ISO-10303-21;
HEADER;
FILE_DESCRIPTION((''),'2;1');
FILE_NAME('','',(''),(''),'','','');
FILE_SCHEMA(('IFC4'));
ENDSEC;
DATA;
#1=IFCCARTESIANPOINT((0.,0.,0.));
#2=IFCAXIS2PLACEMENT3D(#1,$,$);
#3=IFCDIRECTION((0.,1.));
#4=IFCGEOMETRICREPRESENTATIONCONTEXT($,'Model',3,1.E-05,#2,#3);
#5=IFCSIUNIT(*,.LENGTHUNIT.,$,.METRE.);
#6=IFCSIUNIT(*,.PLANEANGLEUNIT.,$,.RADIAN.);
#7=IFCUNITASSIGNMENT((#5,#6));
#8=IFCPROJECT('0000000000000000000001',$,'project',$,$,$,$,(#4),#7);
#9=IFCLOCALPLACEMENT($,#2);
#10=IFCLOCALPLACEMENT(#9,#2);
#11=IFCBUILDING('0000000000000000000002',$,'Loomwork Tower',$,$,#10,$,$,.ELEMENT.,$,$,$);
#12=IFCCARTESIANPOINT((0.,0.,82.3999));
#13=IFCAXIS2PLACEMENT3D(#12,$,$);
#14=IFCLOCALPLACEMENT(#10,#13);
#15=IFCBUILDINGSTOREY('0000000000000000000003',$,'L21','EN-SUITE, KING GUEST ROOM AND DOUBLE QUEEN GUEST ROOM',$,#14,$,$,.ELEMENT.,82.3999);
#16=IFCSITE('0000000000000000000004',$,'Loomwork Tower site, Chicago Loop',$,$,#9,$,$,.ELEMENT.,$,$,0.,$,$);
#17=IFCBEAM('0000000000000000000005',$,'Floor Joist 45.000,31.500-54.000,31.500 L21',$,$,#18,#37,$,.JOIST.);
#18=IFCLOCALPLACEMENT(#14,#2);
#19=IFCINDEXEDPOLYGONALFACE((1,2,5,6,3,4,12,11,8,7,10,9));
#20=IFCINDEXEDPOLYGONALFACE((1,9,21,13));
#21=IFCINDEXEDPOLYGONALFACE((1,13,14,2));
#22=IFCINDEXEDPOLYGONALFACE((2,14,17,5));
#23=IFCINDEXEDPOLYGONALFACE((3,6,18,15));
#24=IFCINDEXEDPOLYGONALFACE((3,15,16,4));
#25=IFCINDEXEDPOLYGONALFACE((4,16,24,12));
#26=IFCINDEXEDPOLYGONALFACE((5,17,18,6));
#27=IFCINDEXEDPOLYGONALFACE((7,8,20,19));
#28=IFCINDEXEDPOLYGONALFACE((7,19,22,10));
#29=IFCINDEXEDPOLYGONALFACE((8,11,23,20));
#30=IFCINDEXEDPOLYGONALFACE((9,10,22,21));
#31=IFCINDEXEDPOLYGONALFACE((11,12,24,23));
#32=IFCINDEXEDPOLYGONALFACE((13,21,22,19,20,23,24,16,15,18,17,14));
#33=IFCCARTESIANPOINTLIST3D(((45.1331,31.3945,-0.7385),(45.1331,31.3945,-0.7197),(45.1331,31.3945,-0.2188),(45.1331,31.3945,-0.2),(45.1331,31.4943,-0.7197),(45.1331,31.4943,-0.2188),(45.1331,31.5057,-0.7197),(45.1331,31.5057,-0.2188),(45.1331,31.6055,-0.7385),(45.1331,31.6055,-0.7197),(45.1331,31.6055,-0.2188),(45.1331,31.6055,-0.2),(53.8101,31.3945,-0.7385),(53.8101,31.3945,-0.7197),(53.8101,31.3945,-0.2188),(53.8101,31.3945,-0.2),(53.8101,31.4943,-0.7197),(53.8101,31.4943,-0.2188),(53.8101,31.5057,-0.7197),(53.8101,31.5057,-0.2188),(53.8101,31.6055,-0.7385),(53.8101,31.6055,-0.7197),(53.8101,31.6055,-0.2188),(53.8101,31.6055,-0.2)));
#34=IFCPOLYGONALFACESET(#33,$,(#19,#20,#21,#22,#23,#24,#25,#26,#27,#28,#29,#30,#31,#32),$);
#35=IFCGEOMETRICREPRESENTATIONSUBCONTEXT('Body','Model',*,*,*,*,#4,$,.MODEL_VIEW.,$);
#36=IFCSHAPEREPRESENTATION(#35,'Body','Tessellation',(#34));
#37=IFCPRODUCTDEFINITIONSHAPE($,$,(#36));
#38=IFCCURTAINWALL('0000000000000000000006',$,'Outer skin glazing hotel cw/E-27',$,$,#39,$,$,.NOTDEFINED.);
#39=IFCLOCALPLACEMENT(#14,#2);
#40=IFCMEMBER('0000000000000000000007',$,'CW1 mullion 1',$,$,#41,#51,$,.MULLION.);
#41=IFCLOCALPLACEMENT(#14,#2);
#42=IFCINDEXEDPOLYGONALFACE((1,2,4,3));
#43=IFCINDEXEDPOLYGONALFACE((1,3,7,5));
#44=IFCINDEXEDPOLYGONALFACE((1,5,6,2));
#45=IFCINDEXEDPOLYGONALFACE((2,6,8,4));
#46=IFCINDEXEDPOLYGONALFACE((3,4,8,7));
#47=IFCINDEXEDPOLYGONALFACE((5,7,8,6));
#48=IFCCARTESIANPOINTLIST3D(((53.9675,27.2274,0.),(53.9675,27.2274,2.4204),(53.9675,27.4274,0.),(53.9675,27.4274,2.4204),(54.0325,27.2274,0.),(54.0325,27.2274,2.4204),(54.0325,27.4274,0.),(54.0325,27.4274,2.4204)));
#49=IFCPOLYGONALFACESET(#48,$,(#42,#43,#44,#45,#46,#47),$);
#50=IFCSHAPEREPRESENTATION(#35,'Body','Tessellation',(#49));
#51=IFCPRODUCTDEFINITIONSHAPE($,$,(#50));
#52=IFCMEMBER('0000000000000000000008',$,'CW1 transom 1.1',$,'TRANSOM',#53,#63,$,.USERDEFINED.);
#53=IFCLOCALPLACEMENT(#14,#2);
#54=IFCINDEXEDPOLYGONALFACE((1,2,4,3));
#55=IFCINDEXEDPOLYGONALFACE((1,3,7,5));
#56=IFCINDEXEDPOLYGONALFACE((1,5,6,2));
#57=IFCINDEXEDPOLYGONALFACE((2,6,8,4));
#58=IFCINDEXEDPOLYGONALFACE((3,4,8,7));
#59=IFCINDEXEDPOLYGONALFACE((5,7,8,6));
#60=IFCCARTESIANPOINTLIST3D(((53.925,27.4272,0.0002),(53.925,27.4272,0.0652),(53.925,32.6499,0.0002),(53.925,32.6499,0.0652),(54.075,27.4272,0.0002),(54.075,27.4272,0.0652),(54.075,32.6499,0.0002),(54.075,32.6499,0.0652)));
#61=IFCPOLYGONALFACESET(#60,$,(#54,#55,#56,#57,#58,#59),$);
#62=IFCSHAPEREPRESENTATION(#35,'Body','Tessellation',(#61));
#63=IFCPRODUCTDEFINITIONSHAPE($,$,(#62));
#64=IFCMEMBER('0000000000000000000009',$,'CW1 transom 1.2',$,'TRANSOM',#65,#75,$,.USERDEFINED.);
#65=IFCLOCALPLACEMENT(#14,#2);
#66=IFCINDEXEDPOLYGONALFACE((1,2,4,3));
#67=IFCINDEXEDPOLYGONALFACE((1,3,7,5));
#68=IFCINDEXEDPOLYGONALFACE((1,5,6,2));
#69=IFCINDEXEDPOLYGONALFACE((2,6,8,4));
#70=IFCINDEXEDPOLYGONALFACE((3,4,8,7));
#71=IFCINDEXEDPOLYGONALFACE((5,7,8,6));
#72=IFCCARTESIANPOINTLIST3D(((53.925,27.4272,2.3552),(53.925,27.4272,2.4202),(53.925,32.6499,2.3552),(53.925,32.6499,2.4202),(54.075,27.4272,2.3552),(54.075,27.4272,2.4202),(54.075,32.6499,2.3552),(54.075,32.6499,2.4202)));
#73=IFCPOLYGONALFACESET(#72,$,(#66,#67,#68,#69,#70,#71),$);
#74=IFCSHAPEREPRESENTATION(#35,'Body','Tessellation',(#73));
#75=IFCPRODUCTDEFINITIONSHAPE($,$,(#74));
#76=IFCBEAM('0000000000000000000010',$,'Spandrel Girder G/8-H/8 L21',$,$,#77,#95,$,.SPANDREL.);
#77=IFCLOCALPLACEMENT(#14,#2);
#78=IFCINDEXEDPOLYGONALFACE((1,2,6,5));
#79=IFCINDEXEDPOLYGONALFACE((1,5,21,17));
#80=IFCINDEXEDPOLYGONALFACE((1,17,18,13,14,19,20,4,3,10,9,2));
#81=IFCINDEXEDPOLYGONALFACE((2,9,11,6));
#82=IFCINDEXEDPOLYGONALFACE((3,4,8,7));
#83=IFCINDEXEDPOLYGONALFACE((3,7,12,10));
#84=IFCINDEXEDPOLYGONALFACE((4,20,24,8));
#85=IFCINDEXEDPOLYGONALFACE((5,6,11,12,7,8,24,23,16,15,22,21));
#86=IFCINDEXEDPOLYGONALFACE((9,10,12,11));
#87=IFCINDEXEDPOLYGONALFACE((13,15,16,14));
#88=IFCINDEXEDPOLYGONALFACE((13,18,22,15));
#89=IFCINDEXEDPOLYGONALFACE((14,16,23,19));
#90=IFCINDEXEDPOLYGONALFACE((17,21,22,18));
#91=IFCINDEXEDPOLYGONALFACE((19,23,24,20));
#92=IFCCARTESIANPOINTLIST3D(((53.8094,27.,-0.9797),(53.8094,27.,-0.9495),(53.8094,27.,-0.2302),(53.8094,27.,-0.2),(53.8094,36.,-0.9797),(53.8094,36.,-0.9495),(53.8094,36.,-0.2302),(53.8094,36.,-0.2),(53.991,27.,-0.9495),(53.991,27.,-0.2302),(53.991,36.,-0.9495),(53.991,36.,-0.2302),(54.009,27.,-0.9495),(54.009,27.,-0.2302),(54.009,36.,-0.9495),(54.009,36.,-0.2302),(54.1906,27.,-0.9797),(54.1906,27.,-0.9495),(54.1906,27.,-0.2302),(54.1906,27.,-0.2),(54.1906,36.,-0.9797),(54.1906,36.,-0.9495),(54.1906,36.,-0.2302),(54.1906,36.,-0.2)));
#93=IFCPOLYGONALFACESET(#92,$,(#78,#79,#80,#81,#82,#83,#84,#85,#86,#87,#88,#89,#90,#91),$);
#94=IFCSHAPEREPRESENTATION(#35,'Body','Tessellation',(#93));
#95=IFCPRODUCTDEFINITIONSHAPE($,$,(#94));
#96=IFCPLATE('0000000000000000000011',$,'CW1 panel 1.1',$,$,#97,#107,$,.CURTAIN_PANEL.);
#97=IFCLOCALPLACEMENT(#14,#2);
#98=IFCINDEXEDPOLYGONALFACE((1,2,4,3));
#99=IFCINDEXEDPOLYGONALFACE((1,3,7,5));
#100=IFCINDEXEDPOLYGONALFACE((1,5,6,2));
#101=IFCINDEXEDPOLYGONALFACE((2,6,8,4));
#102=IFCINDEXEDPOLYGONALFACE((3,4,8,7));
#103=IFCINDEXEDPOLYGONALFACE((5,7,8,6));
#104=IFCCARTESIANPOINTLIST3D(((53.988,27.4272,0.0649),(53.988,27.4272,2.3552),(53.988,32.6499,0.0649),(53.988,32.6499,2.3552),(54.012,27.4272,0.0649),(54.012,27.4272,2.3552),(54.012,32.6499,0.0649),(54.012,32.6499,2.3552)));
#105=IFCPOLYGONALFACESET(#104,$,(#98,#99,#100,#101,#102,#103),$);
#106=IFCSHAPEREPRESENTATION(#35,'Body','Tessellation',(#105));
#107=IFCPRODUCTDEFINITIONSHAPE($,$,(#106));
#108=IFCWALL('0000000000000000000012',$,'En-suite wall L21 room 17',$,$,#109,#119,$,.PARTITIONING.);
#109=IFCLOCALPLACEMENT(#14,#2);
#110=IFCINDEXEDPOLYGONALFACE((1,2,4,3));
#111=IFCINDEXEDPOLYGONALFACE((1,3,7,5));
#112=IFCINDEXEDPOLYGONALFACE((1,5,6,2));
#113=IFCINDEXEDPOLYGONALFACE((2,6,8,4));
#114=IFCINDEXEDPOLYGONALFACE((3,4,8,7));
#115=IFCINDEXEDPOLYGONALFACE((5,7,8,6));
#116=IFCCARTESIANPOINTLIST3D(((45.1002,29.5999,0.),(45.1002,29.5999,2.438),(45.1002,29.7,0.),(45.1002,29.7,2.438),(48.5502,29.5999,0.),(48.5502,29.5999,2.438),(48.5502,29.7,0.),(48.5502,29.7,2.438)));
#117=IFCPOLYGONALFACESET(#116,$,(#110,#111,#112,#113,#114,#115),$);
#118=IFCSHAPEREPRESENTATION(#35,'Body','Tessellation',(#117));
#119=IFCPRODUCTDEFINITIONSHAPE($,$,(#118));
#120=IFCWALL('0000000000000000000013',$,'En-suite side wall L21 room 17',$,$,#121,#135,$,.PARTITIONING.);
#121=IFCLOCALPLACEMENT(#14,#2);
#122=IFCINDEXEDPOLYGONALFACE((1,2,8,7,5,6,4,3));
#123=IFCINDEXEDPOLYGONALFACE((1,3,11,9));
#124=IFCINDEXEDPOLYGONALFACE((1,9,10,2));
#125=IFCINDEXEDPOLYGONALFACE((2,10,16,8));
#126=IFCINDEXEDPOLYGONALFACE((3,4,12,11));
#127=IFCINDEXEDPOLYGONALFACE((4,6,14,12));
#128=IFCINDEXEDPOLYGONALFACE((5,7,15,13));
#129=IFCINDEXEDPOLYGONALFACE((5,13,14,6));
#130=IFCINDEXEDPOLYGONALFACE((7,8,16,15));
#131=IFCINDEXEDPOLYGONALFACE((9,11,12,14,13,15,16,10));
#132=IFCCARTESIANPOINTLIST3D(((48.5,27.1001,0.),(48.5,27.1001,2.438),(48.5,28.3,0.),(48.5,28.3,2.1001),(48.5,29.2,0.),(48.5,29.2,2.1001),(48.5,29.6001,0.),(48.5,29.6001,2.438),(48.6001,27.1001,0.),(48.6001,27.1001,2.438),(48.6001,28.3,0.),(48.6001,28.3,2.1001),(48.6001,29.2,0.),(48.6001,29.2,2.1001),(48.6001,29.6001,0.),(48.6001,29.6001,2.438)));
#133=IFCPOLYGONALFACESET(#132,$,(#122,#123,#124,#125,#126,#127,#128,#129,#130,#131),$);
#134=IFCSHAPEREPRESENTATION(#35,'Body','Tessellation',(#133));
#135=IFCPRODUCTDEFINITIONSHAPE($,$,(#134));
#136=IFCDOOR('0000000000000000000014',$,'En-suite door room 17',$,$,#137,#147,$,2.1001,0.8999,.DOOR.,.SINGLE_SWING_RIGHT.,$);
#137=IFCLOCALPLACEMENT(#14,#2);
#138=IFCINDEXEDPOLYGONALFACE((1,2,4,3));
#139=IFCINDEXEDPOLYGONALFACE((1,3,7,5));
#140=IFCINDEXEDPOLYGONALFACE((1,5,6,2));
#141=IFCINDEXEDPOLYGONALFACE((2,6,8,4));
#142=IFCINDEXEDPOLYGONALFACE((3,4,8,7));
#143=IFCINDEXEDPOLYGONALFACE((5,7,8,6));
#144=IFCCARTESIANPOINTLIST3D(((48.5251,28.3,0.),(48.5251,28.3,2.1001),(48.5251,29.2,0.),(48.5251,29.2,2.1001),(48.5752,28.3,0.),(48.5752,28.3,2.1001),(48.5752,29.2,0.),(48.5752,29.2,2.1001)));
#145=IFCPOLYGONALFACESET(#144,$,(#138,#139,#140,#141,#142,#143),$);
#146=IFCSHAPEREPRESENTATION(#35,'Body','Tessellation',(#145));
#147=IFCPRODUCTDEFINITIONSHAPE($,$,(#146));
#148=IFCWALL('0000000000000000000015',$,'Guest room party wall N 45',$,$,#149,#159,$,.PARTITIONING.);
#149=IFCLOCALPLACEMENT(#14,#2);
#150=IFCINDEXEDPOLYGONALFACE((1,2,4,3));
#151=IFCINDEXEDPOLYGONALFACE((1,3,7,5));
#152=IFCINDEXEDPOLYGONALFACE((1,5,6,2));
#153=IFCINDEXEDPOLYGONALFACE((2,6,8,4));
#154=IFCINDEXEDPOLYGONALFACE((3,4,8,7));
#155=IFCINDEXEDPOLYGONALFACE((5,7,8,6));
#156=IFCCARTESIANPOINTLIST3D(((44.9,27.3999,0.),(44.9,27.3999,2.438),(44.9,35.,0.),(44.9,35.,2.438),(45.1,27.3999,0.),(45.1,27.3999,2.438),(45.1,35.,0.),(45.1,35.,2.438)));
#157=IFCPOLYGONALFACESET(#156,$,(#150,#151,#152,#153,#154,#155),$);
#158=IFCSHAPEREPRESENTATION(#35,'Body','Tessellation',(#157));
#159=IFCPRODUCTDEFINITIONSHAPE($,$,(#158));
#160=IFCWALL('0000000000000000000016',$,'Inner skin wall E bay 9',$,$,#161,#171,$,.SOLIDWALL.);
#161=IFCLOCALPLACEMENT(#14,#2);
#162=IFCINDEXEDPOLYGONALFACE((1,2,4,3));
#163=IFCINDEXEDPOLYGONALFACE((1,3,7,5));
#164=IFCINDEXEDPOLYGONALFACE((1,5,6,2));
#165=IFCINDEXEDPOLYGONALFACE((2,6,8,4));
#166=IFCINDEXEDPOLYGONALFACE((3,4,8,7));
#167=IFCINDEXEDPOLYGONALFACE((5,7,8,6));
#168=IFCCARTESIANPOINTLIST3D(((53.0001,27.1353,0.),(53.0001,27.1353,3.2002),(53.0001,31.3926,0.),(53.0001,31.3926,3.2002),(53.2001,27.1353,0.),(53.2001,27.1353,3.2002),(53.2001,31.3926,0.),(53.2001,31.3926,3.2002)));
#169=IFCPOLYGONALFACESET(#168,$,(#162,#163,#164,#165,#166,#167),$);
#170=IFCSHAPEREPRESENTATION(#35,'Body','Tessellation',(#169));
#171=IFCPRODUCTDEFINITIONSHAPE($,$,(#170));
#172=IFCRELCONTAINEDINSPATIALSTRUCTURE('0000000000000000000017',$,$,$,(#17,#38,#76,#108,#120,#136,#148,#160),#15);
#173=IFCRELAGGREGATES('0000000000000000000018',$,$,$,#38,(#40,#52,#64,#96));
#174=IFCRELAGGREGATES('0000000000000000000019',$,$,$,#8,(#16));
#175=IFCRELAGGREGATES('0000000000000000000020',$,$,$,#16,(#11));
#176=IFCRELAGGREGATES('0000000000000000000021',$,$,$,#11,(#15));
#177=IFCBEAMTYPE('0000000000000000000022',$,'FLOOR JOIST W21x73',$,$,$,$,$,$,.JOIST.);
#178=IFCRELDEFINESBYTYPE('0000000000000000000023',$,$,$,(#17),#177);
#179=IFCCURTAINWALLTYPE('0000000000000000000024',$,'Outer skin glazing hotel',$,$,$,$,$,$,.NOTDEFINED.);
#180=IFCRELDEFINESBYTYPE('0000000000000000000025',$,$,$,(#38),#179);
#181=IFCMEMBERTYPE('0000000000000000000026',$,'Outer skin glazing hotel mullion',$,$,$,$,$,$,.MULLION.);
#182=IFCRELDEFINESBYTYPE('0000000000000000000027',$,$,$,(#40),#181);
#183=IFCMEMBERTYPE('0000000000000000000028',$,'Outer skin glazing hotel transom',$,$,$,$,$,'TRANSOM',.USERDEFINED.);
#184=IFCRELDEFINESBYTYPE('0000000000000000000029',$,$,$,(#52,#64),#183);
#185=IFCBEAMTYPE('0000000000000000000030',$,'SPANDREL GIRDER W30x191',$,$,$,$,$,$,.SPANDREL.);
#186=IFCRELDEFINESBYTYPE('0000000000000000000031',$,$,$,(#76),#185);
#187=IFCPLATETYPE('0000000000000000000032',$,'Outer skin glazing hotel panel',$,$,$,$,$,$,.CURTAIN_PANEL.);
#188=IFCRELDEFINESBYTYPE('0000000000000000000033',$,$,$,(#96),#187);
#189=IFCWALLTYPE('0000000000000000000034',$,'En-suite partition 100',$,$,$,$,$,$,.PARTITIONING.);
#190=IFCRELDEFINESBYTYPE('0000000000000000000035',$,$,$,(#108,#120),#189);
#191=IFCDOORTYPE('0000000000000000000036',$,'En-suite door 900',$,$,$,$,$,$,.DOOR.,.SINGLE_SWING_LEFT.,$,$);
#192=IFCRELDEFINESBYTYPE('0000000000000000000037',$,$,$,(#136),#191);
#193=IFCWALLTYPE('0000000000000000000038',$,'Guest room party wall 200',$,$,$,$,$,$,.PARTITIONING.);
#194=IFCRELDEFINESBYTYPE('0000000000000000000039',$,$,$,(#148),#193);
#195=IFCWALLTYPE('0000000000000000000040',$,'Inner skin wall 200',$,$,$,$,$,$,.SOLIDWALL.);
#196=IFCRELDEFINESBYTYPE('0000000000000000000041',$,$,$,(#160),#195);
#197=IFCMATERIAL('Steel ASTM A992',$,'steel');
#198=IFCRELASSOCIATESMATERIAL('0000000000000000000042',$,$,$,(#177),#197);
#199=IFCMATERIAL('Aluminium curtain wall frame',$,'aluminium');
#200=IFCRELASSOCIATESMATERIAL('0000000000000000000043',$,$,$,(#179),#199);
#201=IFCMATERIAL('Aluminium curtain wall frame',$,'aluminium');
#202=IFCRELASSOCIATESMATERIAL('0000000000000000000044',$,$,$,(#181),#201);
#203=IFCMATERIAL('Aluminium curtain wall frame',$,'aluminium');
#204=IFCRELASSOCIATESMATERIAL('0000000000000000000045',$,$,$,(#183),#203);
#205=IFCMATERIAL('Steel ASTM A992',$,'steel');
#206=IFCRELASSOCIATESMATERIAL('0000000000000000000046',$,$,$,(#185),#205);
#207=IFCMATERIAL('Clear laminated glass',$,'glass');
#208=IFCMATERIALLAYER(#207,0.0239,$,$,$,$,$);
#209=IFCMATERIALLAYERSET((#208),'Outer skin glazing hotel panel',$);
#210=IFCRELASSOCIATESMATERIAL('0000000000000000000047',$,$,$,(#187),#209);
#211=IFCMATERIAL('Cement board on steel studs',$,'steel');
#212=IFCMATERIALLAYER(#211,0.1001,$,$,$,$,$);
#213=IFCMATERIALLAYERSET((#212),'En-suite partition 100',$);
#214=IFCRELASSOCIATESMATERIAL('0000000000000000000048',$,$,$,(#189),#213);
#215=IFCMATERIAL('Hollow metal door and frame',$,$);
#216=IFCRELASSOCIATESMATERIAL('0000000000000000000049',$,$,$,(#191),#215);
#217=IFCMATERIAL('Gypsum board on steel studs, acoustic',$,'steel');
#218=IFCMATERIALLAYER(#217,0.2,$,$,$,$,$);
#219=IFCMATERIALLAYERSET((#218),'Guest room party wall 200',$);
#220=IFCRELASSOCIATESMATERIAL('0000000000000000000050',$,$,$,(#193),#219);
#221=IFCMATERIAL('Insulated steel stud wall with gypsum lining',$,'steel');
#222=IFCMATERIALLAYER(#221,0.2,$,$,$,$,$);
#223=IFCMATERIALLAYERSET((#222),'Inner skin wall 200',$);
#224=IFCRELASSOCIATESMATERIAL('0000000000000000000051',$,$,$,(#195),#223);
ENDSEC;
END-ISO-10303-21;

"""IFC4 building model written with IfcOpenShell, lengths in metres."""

from ifc_helpers import new_model, si_unit, direction, frame, frame_2d, origin, origin_2d, place, context, subcontext, project, spatial, rectangle, i_section, extrude, material, layer, layer_set, material_profile, profile_set, type_object, element, fill, aggregate, save


model = new_model("IFC4")

# Units and contexts
model_context = context("Model", 3, precision=1e-05, world=origin(), true_north=direction((0.0, 1.0)))
body_context = subcontext(model_context, "Body", "Model", "MODEL_VIEW")
ifc_project = project(units=[si_unit("LENGTHUNIT", "METRE"), si_unit("PLANEANGLEUNIT", "RADIAN")], contexts=[model_context])

# Site, building, storey
site_placement = place(None, origin())
site = spatial("IfcSite", under=ifc_project, at=site_placement, Name="Loomwork Tower site, Chicago Loop", CompositionType="ELEMENT", RefElevation=0.0)
building_placement = place(site_placement, origin())
building = spatial("IfcBuilding", under=site, at=building_placement, Name="Loomwork Tower", CompositionType="ELEMENT")
storey_placement = place(building_placement, frame((0.0, 0.0, 82.3999)))
storey = spatial("IfcBuildingStorey", under=building, at=storey_placement, Name="L21", Description="EN-SUITE, KING GUEST ROOM AND DOUBLE QUEEN GUEST ROOM", CompositionType="ELEMENT", Elevation=82.3999)

# Beam
ifc_material_1 = material(Name="Steel ASTM A992", Category="steel")
ifc_material_profile_1 = material_profile(ifc_material_1, i_section(OverallWidth=0.2109, OverallDepth=0.5386, WebThickness=0.0115, FlangeThickness=0.0188, at=origin_2d()), Name="W21x73")
ifc_profile_set_1 = profile_set([ifc_material_profile_1], Name="Steel ASTM A992")
beam_type_1 = type_object("IfcBeamType", Name="FLOOR JOIST W21x73", PredefinedType="JOIST", material=ifc_profile_set_1)
beam_1_placement = place(storey_placement, frame((45.1331, 31.5, -0.4692), z_axis=(1.0, 0.0, 0.0), x_axis=(0.0, 1.0, 0.0)))
element("IfcBeam", 1, at=beam_1_placement, inside=storey, type_object=beam_type_1, Name="Floor Joist 45.000,31.500-54.000,31.500 L21", PredefinedType="JOIST", context=body_context, shape_type="SweptSolid", body=[
    extrude(i_section(OverallWidth=0.2109, OverallDepth=0.5386, WebThickness=0.0115, FlangeThickness=0.0188, at=origin_2d()), origin(), (0.0, 0.0, 1.0), 8.677),
])

# Curtain wall, members
ifc_material_2 = material(Name="Aluminium curtain wall frame", Category="aluminium")
curtain_wall_type = type_object("IfcCurtainWallType", Name="Outer skin glazing hotel", PredefinedType="NOTDEFINED", material=ifc_material_2)
curtain_wall_placement = place(storey_placement, origin())
curtain_wall = element("IfcCurtainWall", 2, at=curtain_wall_placement, inside=storey, type_object=curtain_wall_type, Name="Outer skin glazing hotel cw/E-27", PredefinedType="NOTDEFINED")
ifc_material_3 = material(Name="Aluminium curtain wall frame", Category="aluminium")
ifc_material_profile_2 = material_profile(ifc_material_3, rectangle(XDim=0.0649, YDim=0.2, at=origin_2d()), Name="AL 65x200")
ifc_profile_set_2 = profile_set([ifc_material_profile_2], Name="Aluminium curtain wall frame")
member_type_1 = type_object("IfcMemberType", Name="Outer skin glazing hotel mullion", PredefinedType="MULLION", material=ifc_profile_set_2)
member_1_placement = place(storey_placement, frame((54.0, 27.3274, 0.0), z_axis=(0.0, 0.0, 1.0), x_axis=(-1.0, 0.0, 0.0)))
member_1 = element("IfcMember", 3, at=member_1_placement, type_object=member_type_1, Name="CW1 mullion 1", PredefinedType="MULLION", context=body_context, shape_type="SweptSolid", body=[
    extrude(rectangle(XDim=0.0649, YDim=0.2, at=origin_2d()), origin(), (0.0, 0.0, 1.0), 2.4204),
])
ifc_material_4 = material(Name="Aluminium curtain wall frame", Category="aluminium")
ifc_material_profile_3 = material_profile(ifc_material_4, rectangle(XDim=0.1499, YDim=0.0649, at=origin_2d()), Name="AL 65x150")
ifc_profile_set_3 = profile_set([ifc_material_profile_3], Name="Aluminium curtain wall frame")
member_type_2 = type_object("IfcMemberType", Name="Outer skin glazing hotel transom", ElementType="TRANSOM", PredefinedType="USERDEFINED", material=ifc_profile_set_3)
member_2_placement = place(storey_placement, frame((54.0, 27.4272, 0.0327), z_axis=(0.0, 1.0, 0.0), x_axis=(-1.0, 0.0, 0.0)))
member_2 = element("IfcMember", 4, at=member_2_placement, type_object=member_type_2, Name="CW1 transom 1.1", ObjectType="TRANSOM", PredefinedType="USERDEFINED", context=body_context, shape_type="SweptSolid", body=[
    extrude(rectangle(XDim=0.1499, YDim=0.0649, at=origin_2d()), origin(), (0.0, 0.0, 1.0), 5.2227),
])
member_3_placement = place(storey_placement, frame((54.0, 27.4272, 2.3877), z_axis=(0.0, 1.0, 0.0), x_axis=(-1.0, 0.0, 0.0)))
member_3 = element("IfcMember", 5, at=member_3_placement, type_object=member_type_2, Name="CW1 transom 1.2", ObjectType="TRANSOM", PredefinedType="USERDEFINED", context=body_context, shape_type="SweptSolid", body=[
    extrude(rectangle(XDim=0.1499, YDim=0.0649, at=origin_2d()), origin(), (0.0, 0.0, 1.0), 5.2227),
])

# Beam
ifc_material_5 = material(Name="Steel ASTM A992", Category="steel")
ifc_material_profile_4 = material_profile(ifc_material_5, i_section(OverallWidth=0.3811, OverallDepth=0.7798, WebThickness=0.0181, FlangeThickness=0.0303, at=origin_2d()), Name="W30x191")
ifc_profile_set_4 = profile_set([ifc_material_profile_4], Name="Steel ASTM A992")
beam_type_2 = type_object("IfcBeamType", Name="SPANDREL GIRDER W30x191", PredefinedType="SPANDREL", material=ifc_profile_set_4)
beam_2_placement = place(storey_placement, frame((54.0, 27.0, -0.5898), z_axis=(0.0, 1.0, 0.0), x_axis=(-1.0, 0.0, 0.0)))
element("IfcBeam", 6, at=beam_2_placement, inside=storey, type_object=beam_type_2, Name="Spandrel Girder G/8-H/8 L21", PredefinedType="SPANDREL", context=body_context, shape_type="SweptSolid", body=[
    extrude(i_section(OverallWidth=0.3811, OverallDepth=0.7798, WebThickness=0.0181, FlangeThickness=0.0303, at=origin_2d()), origin(), (0.0, 0.0, 1.0), 9.0),
])

# Plate
ifc_material_6 = material(Name="Clear laminated glass", Category="glass")
ifc_layer_1 = layer(ifc_material_6, 0.0239)
ifc_layer_set_1 = layer_set([ifc_layer_1], Name="Outer skin glazing hotel panel")
plate_type = type_object("IfcPlateType", Name="Outer skin glazing hotel panel", PredefinedType="CURTAIN_PANEL", material=ifc_layer_set_1)
plate_placement = place(storey_placement, frame((54.0, 30.0386, 0.0649), z_axis=(0.0, 0.0, 1.0), x_axis=(0.0, 1.0, 0.0)))
plate = element("IfcPlate", 7, at=plate_placement, type_object=plate_type, Name="CW1 panel 1.1", PredefinedType="CURTAIN_PANEL", context=body_context, shape_type="SweptSolid", body=[
    extrude(rectangle(XDim=5.2227, YDim=0.0239, at=origin_2d()), origin(), (0.0, 0.0, 1.0), 2.2903),
])
aggregate(curtain_wall, [member_1, member_2, member_3, plate])

# Wall
ifc_material_7 = material(Name="Cement board on steel studs", Category="steel")
ifc_layer_2 = layer(ifc_material_7, 0.1001)
ifc_layer_set_2 = layer_set([ifc_layer_2], Name="En-suite partition 100")
wall_type_1 = type_object("IfcWallType", Name="En-suite partition 100", PredefinedType="PARTITIONING", material=ifc_layer_set_2)
wall_1_placement = place(storey_placement, frame((45.1001, 29.6499, 0.0), z_axis=(0.0, 0.0, 1.0), x_axis=(1.0, 0.0, 0.0)))
element("IfcWall", 8, at=wall_1_placement, inside=storey, type_object=wall_type_1, Name="En-suite wall L21 room 17", PredefinedType="PARTITIONING", context=body_context, shape_type="SweptSolid", body=[
    extrude(rectangle(XDim=3.45, YDim=0.1001, at=frame_2d((1.7251, 0.0))), origin(), (0.0, 0.0, 1.0), 2.438),
])

# Wall, opening, door
wall_2_placement = place(storey_placement, frame((48.55, 27.1001, 0.0), z_axis=(0.0, 0.0, 1.0), x_axis=(0.0, 1.0, 0.0)))
wall_2 = element("IfcWall", 9, at=wall_2_placement, inside=storey, type_object=wall_type_1, Name="En-suite side wall L21 room 17", PredefinedType="PARTITIONING", context=body_context, shape_type="SweptSolid", body=[
    extrude(rectangle(XDim=2.5, YDim=0.1001, at=frame_2d((1.25, 0.0))), origin(), (0.0, 0.0, 1.0), 2.438),
])
opening_placement = place(wall_2_placement, frame((1.2, 0.0, 0.0)))
opening = element("IfcOpeningElement", 10, at=opening_placement, cuts=wall_2, PredefinedType="OPENING", context=body_context, shape_type="SweptSolid", body=[
    extrude(rectangle(XDim=0.8999, YDim=2.1001, at=frame_2d((0.45, 1.05))), frame((0.0, 0.0601, 0.0), z_axis=(0.0, -1.0, 0.0), x_axis=(1.0, 0.0, 0.0)), (0.0, 0.0, 1.0), 0.1201),
])
ifc_material_8 = material(Name="Hollow metal door and frame")
door_type = type_object("IfcDoorType", Name="En-suite door 900", OperationType="SINGLE_SWING_LEFT", PredefinedType="DOOR", material=ifc_material_8)
door_placement = place(opening_placement, origin())
door = element("IfcDoor", 11, at=door_placement, inside=storey, type_object=door_type, Name="En-suite door room 17", OperationType="SINGLE_SWING_RIGHT", OverallHeight=2.1001, OverallWidth=0.8999, PredefinedType="DOOR", context=body_context, shape_type="SweptSolid", body=[
    extrude(rectangle(XDim=0.8999, YDim=2.1001, at=frame_2d((0.45, 1.05))), frame((0.0, 0.0249, 0.0), z_axis=(0.0, -1.0, 0.0), x_axis=(1.0, 0.0, 0.0)), (0.0, 0.0, 1.0), 0.05),
])
fill(opening, door)

# Walls
ifc_material_9 = material(Name="Gypsum board on steel studs, acoustic", Category="steel")
ifc_layer_3 = layer(ifc_material_9, 0.2)
ifc_layer_set_3 = layer_set([ifc_layer_3], Name="Guest room party wall 200")
wall_type_2 = type_object("IfcWallType", Name="Guest room party wall 200", PredefinedType="PARTITIONING", material=ifc_layer_set_3)
wall_3_placement = place(storey_placement, frame((45.0, 27.3999, 0.0), z_axis=(0.0, 0.0, 1.0), x_axis=(0.0, 1.0, 0.0)))
element("IfcWall", 12, at=wall_3_placement, inside=storey, type_object=wall_type_2, Name="Guest room party wall N 45", PredefinedType="PARTITIONING", context=body_context, shape_type="SweptSolid", body=[
    extrude(rectangle(XDim=7.6001, YDim=0.2, at=frame_2d((3.8, 0.0))), origin(), (0.0, 0.0, 1.0), 2.438),
])
ifc_material_10 = material(Name="Insulated steel stud wall with gypsum lining", Category="steel")
ifc_layer_4 = layer(ifc_material_10, 0.2)
ifc_layer_set_4 = layer_set([ifc_layer_4], Name="Inner skin wall 200")
wall_type_3 = type_object("IfcWallType", Name="Inner skin wall 200", PredefinedType="SOLIDWALL", material=ifc_layer_set_4)
wall_4_placement = place(storey_placement, frame((53.1001, 27.1353, 0.0), z_axis=(0.0, 0.0, 1.0), x_axis=(0.0, 1.0, 0.0)))
element("IfcWall", 13, at=wall_4_placement, inside=storey, type_object=wall_type_3, Name="Inner skin wall E bay 9", PredefinedType="SOLIDWALL", context=body_context, shape_type="SweptSolid", body=[
    extrude(rectangle(XDim=4.2573, YDim=0.2, at=frame_2d((2.1287, 0.0))), origin(), (0.0, 0.0, 1.0), 3.2002),
])

save(model, "model.ifc")
